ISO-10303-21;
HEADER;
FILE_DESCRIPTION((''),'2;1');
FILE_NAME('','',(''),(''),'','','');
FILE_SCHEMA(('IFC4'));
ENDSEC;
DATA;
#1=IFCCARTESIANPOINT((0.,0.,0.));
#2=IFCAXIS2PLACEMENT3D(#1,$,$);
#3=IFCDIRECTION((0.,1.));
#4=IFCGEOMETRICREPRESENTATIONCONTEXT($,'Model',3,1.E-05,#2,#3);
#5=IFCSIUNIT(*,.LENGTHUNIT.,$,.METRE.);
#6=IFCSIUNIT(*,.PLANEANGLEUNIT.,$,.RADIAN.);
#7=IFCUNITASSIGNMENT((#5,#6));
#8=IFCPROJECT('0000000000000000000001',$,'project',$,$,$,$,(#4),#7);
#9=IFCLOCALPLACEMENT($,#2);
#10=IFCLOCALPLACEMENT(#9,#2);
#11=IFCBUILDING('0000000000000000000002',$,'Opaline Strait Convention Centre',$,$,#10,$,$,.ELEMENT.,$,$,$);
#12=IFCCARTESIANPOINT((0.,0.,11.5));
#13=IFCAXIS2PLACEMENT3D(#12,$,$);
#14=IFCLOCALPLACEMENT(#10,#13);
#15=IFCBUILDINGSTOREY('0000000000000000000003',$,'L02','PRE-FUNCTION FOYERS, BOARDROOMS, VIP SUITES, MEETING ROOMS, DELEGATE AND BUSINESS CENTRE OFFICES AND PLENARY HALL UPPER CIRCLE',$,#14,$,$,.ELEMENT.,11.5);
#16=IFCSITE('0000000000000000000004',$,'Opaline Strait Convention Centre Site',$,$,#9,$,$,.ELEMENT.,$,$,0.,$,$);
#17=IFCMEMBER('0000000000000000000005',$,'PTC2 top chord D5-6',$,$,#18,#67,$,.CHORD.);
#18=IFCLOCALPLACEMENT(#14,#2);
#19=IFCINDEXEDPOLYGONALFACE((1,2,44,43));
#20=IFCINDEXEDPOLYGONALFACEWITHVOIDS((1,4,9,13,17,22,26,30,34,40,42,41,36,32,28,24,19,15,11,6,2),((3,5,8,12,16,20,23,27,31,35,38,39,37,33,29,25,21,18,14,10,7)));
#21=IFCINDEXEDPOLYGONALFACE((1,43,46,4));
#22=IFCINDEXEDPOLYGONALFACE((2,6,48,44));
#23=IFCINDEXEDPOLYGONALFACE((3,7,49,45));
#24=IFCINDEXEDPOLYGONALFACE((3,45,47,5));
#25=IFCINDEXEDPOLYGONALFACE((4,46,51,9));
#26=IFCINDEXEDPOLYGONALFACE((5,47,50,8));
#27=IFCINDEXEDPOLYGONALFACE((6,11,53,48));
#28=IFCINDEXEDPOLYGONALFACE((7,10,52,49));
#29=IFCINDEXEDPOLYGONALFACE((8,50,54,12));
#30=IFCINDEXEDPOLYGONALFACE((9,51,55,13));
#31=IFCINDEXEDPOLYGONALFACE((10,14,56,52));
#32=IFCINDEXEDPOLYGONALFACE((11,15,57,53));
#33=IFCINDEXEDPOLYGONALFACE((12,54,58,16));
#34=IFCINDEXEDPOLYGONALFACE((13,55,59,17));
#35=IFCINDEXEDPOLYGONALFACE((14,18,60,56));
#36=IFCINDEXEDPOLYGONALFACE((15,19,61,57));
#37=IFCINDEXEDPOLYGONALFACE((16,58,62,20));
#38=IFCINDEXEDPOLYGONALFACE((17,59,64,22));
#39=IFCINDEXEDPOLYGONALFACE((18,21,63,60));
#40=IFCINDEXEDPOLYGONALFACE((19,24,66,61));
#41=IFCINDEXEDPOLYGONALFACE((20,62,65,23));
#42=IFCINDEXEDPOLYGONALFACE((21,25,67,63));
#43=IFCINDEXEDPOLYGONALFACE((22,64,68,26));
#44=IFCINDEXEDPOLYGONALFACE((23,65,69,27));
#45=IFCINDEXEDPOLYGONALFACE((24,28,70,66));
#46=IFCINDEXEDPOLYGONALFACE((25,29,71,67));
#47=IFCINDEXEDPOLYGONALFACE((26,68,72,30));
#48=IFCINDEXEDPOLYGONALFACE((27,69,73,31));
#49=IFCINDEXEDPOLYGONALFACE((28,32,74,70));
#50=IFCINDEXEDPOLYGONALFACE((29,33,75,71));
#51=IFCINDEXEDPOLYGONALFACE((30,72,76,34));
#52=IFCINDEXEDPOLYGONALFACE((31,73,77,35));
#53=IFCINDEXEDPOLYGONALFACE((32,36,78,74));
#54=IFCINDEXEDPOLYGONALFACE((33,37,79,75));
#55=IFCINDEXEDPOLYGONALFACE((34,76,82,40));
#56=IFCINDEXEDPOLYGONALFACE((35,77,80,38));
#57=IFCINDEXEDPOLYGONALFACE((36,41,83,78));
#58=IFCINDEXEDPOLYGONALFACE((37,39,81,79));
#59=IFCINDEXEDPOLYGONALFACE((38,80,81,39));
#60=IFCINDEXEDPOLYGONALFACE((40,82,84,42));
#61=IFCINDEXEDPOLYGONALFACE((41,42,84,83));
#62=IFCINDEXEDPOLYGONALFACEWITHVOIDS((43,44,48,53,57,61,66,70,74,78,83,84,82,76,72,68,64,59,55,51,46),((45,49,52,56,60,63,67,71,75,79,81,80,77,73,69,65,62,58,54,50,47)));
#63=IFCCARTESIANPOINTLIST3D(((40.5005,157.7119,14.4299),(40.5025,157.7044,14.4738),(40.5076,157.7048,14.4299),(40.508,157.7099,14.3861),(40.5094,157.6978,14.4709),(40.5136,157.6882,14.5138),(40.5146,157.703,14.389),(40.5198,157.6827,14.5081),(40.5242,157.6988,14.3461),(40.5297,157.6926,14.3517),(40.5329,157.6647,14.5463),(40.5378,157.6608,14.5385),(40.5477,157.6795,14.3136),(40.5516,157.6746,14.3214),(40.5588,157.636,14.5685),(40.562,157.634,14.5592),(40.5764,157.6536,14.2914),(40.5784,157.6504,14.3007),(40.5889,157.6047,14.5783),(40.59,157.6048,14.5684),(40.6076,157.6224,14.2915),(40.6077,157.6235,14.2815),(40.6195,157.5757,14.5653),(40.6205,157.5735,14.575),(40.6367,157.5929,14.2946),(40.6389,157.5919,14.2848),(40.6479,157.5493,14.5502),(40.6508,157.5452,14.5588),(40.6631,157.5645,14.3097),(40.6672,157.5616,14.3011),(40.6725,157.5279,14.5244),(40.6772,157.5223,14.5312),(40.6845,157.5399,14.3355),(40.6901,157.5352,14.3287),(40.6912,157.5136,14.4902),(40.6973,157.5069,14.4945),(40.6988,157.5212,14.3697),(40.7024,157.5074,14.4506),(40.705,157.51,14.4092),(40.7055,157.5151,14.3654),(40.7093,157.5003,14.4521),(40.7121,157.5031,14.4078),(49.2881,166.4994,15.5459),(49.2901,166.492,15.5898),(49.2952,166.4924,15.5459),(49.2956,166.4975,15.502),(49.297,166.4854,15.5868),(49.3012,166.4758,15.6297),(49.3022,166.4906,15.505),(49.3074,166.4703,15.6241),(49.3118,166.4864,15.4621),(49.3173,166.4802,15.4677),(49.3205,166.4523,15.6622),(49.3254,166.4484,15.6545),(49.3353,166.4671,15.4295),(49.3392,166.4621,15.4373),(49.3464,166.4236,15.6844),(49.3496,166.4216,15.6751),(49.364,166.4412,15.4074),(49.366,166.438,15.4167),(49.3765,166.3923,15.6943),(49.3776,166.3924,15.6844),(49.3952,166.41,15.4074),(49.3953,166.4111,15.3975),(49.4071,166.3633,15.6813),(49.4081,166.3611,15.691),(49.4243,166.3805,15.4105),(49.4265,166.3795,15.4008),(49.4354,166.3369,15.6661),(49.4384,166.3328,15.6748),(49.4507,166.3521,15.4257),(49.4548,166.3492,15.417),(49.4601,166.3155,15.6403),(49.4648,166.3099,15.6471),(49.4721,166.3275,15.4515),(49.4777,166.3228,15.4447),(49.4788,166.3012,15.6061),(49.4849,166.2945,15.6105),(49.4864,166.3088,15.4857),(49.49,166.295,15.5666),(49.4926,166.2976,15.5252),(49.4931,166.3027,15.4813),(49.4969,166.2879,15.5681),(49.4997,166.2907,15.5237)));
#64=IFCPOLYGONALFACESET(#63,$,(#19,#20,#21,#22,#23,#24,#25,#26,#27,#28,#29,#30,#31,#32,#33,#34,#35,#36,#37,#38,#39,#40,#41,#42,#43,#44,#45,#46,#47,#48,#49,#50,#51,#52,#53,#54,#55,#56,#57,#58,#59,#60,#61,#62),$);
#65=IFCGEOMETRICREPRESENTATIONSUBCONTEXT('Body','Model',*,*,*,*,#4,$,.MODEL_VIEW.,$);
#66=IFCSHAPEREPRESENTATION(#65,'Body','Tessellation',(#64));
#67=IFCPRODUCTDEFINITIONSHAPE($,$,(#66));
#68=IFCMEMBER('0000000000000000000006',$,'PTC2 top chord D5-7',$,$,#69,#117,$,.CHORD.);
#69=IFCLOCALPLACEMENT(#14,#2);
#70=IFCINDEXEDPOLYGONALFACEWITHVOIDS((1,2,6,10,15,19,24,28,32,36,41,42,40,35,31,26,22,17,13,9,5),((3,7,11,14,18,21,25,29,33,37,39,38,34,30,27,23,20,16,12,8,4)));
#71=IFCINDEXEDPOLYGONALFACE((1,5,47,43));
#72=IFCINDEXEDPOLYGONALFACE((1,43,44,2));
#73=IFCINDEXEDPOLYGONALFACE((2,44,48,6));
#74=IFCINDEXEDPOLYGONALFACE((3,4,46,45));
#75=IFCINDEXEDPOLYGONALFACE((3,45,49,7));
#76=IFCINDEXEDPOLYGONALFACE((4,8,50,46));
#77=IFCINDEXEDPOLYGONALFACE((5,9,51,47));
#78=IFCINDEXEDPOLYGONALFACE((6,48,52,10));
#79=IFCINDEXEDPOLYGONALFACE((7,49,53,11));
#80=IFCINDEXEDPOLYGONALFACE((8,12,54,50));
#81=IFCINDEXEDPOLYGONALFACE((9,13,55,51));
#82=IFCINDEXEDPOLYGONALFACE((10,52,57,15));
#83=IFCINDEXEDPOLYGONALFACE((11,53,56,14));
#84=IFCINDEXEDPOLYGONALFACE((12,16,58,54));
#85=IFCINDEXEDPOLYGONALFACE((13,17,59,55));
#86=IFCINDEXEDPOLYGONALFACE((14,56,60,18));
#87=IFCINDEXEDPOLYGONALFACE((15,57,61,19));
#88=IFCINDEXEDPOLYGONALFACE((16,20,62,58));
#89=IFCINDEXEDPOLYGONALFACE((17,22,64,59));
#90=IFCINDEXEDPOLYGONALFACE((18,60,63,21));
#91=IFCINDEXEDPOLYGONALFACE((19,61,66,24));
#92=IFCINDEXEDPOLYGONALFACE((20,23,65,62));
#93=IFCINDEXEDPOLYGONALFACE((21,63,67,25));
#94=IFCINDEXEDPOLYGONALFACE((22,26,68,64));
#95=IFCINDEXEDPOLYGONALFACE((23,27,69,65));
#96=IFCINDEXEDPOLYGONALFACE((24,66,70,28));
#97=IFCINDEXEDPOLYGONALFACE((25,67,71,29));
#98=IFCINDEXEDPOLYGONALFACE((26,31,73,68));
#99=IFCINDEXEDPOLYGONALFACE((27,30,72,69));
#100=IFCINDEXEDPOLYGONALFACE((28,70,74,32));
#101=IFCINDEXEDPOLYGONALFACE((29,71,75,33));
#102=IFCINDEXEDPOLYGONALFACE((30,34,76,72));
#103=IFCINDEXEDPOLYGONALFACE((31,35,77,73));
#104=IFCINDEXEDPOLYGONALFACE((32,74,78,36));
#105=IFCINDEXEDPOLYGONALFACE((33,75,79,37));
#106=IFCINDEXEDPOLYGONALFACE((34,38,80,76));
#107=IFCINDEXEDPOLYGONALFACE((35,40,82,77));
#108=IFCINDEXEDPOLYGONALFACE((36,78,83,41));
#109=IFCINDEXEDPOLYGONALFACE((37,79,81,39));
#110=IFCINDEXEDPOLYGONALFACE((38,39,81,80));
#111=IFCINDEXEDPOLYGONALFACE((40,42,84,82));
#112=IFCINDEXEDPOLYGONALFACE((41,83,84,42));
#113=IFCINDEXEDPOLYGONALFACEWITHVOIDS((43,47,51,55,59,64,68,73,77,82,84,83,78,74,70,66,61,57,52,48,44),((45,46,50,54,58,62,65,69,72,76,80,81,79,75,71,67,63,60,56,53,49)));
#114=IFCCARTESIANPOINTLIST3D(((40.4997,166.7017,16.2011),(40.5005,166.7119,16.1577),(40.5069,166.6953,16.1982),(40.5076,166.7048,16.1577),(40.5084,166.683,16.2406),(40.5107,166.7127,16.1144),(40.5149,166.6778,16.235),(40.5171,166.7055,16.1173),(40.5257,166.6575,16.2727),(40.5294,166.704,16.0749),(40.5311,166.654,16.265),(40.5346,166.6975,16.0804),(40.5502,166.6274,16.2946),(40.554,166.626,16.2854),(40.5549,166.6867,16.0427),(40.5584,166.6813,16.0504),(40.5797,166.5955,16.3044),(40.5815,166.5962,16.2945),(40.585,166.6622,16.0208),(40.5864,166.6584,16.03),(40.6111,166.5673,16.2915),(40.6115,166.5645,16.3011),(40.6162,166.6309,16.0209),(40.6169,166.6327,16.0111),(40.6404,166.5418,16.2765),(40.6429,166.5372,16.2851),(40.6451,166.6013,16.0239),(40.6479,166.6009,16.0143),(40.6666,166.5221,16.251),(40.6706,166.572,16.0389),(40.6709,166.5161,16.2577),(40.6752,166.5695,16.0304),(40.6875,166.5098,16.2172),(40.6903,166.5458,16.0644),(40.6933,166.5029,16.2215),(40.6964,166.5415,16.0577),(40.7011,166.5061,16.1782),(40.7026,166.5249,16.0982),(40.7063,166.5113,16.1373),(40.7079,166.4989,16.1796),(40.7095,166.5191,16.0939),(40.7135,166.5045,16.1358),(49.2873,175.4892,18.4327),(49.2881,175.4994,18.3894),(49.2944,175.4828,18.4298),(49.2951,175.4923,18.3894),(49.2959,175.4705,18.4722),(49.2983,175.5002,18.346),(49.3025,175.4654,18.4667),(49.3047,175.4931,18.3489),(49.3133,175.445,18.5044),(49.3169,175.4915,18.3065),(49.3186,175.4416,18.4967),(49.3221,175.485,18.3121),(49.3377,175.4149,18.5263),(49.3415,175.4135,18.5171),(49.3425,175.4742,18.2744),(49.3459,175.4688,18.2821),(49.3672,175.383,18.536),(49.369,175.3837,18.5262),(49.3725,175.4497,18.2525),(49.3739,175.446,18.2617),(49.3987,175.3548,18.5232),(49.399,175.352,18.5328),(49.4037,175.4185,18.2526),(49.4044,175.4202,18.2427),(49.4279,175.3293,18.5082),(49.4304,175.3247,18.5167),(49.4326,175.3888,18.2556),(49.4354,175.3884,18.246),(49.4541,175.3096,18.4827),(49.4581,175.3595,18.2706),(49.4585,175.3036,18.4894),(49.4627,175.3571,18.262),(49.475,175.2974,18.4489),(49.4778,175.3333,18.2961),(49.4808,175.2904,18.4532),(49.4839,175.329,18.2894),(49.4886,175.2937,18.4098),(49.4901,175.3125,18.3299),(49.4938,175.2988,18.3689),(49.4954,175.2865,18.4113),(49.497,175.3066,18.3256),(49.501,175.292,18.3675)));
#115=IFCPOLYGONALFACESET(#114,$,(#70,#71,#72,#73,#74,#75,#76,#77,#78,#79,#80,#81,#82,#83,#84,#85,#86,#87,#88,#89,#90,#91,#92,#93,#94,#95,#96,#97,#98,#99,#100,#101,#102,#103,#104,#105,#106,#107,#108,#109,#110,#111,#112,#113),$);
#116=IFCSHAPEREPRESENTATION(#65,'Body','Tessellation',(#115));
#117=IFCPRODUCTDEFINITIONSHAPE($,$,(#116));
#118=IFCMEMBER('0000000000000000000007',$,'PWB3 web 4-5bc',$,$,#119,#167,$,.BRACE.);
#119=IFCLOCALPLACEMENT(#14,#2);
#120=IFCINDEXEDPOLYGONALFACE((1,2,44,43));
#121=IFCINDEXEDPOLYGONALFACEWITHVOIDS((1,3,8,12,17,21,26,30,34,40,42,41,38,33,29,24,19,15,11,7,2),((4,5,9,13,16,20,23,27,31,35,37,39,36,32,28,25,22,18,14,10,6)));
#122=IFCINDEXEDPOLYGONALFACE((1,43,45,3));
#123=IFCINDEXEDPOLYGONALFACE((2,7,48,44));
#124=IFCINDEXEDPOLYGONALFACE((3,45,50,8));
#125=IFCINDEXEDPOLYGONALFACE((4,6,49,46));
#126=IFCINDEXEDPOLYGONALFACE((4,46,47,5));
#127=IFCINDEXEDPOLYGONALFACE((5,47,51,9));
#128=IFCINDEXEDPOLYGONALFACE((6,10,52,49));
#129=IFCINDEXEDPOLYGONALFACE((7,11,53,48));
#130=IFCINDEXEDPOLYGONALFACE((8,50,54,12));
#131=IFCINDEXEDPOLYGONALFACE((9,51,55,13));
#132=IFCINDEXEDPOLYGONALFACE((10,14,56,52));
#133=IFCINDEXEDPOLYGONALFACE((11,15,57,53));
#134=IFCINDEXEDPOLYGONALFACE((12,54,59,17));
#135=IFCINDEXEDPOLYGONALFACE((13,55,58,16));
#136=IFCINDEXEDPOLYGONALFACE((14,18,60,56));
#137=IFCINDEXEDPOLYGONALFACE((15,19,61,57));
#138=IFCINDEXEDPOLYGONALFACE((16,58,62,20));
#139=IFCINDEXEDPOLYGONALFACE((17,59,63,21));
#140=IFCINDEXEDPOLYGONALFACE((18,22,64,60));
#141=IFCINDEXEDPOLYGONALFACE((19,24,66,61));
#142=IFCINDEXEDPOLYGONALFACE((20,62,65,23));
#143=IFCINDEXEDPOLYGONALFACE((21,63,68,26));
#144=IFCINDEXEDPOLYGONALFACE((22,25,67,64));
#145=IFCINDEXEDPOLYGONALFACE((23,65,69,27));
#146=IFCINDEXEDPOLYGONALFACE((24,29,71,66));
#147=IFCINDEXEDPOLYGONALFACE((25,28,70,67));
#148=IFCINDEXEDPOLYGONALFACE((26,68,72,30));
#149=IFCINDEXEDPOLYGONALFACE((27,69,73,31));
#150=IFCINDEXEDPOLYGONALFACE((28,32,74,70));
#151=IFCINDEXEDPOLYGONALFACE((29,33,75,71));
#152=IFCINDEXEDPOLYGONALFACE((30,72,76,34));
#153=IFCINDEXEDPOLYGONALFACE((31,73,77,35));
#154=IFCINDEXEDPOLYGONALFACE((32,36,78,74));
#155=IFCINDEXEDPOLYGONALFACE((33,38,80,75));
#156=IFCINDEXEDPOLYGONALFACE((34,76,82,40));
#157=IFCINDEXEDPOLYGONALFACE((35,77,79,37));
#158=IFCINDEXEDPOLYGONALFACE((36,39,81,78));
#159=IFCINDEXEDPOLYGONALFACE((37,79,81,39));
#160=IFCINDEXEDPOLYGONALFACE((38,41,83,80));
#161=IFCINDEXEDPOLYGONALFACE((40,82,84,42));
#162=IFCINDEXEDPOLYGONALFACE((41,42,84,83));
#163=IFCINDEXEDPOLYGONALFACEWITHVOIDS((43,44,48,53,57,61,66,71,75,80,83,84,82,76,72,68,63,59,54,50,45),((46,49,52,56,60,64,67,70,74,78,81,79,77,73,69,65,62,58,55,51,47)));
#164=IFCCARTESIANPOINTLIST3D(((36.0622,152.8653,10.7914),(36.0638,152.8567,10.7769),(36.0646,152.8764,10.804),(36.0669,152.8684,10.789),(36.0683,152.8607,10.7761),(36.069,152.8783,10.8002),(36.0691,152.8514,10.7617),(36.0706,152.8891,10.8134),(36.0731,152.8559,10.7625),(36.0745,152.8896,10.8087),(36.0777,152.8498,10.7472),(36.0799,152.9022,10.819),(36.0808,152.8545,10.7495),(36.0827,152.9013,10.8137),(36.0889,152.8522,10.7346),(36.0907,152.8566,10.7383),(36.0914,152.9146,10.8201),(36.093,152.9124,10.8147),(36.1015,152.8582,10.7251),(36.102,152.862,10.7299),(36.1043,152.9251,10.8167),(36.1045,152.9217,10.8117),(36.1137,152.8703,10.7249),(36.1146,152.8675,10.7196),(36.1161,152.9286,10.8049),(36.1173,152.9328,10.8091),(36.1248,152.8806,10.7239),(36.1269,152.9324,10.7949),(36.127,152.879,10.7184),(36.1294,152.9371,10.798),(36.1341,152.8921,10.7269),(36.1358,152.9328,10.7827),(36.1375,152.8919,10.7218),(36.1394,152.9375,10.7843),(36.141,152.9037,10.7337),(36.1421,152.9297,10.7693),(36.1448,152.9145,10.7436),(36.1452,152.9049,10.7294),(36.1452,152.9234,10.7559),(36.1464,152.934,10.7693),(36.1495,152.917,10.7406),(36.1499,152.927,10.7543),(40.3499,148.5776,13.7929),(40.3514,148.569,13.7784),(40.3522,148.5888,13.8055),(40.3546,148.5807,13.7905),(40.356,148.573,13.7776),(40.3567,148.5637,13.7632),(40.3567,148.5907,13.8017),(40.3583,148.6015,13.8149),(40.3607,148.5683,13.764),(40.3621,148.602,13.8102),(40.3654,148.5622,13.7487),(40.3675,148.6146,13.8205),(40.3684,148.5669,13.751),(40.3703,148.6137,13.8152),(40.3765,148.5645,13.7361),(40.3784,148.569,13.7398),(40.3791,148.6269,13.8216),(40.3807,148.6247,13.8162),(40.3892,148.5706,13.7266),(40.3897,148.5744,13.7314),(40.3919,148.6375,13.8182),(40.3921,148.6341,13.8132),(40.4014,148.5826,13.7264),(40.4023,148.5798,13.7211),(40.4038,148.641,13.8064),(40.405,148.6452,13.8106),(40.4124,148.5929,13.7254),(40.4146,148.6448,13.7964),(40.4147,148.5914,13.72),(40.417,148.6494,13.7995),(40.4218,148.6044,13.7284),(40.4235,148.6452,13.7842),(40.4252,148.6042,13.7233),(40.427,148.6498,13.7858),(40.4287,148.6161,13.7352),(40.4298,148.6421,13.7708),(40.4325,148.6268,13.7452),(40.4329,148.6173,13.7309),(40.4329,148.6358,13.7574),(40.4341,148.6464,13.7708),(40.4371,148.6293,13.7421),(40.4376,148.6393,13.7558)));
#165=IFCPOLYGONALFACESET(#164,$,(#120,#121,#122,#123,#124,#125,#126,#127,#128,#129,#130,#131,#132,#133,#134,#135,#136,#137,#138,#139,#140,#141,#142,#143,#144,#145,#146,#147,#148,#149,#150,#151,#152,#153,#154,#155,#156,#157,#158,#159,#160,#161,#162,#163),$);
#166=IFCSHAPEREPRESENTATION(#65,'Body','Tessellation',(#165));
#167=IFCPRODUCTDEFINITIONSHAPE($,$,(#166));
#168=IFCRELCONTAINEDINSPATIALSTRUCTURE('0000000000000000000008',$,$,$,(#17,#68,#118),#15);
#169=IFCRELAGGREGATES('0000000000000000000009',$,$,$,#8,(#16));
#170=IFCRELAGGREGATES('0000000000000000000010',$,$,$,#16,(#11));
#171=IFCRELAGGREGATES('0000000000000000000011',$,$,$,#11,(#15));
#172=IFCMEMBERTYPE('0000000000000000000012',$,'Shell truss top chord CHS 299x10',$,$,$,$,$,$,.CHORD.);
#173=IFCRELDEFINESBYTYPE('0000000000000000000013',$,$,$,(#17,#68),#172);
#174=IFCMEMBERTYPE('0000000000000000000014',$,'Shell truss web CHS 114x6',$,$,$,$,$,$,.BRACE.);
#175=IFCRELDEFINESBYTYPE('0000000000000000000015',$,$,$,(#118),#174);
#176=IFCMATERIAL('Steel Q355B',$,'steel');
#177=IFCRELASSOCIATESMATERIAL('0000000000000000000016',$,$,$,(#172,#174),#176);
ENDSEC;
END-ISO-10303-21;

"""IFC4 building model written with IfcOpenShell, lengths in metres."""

from ifc_helpers import new_model, si_unit, direction, frame, origin, origin_2d, place, context, subcontext, project, spatial, hollow_circle, extrude, material, material_profile, profile_set, type_object, element, save


model = new_model("IFC4")

# Units and contexts
model_context = context("Model", 3, precision=1e-05, world=origin(), true_north=direction((0.0, 1.0)))
body_context = subcontext(model_context, "Body", "Model", "MODEL_VIEW")
ifc_project = project(units=[si_unit("LENGTHUNIT", "METRE"), si_unit("PLANEANGLEUNIT", "RADIAN")], contexts=[model_context])

# Site, building, storey
site_placement = place(None, origin())
site = spatial("IfcSite", under=ifc_project, at=site_placement, Name="Opaline Strait Convention Centre Site", CompositionType="ELEMENT", RefElevation=0.0)
building_placement = place(site_placement, origin())
building = spatial("IfcBuilding", under=site, at=building_placement, Name="Opaline Strait Convention Centre", CompositionType="ELEMENT")
storey_placement = place(building_placement, frame((0.0, 0.0, 11.5)))
storey = spatial("IfcBuildingStorey", under=building, at=storey_placement, Name="L02", Description="PRE-FUNCTION FOYERS, BOARDROOMS, VIP SUITES, MEETING ROOMS, DELEGATE AND BUSINESS CENTRE OFFICES AND PLENARY HALL UPPER CIRCLE", CompositionType="ELEMENT", Elevation=11.5)

# Members
ifc_material_1 = material(Name="Steel Q355B", Category="steel")
ifc_material_profile_1 = material_profile(ifc_material_1, hollow_circle(Radius=0.1494, WallThickness=0.01, at=origin_2d()), Name="CHS 299x10")
ifc_profile_set_1 = profile_set([ifc_material_profile_1], Name="Steel Q355B")
member_type_1 = type_object("IfcMemberType", Name="Shell truss top chord CHS 299x10", PredefinedType="CHORD", material=ifc_profile_set_1)
member_1_placement = place(storey_placement, frame((40.6062, 157.6062, 14.4299), z_axis=(0.704273, 0.704273, 0.089438), x_axis=(-0.707107, 0.707107, 0.0)))
element("IfcMember", 1, at=member_1_placement, inside=storey, type_object=member_type_1, Name="PTC2 top chord D5-6", PredefinedType="CHORD", context=body_context, shape_type="SweptSolid", body=[
    extrude(hollow_circle(Radius=0.1494, WallThickness=0.01, at=origin_2d()), origin(), (0.0, 0.0, 1.0), 12.4775),
])
member_2_placement = place(storey_placement, frame((40.6062, 166.6062, 16.1577), z_axis=(0.695974, 0.695974, 0.176749), x_axis=(-0.707107, 0.707107, 0.0)))
element("IfcMember", 2, at=member_2_placement, inside=storey, type_object=member_type_1, Name="PTC2 top chord D5-7", PredefinedType="CHORD", context=body_context, shape_type="SweptSolid", body=[
    extrude(hollow_circle(Radius=0.1494, WallThickness=0.01, at=origin_2d()), origin(), (0.0, 0.0, 1.0), 12.6262),
])
ifc_material_profile_2 = material_profile(ifc_material_1, hollow_circle(Radius=0.0569, WallThickness=0.0061, at=origin_2d()), Name="CHS 114x6")
ifc_profile_set_2 = profile_set([ifc_material_profile_2], Name="Steel Q355B")
member_type_2 = type_object("IfcMemberType", Name="Shell truss web CHS 114x6", PredefinedType="BRACE", material=ifc_profile_set_2)
member_3_placement = place(storey_placement, frame((36.1062, 152.8938, 10.7693), z_axis=(0.633718, -0.633718, 0.443624), x_axis=(0.707107, 0.707107, 0.0)))
element("IfcMember", 3, at=member_3_placement, inside=storey, type_object=member_type_2, Name="PWB3 web 4-5bc", PredefinedType="BRACE", context=body_context, shape_type="SweptSolid", body=[
    extrude(hollow_circle(Radius=0.0569, WallThickness=0.0061, at=origin_2d()), origin(), (0.0, 0.0, 1.0), 6.7659),
])

save(model, "model.ifc")
